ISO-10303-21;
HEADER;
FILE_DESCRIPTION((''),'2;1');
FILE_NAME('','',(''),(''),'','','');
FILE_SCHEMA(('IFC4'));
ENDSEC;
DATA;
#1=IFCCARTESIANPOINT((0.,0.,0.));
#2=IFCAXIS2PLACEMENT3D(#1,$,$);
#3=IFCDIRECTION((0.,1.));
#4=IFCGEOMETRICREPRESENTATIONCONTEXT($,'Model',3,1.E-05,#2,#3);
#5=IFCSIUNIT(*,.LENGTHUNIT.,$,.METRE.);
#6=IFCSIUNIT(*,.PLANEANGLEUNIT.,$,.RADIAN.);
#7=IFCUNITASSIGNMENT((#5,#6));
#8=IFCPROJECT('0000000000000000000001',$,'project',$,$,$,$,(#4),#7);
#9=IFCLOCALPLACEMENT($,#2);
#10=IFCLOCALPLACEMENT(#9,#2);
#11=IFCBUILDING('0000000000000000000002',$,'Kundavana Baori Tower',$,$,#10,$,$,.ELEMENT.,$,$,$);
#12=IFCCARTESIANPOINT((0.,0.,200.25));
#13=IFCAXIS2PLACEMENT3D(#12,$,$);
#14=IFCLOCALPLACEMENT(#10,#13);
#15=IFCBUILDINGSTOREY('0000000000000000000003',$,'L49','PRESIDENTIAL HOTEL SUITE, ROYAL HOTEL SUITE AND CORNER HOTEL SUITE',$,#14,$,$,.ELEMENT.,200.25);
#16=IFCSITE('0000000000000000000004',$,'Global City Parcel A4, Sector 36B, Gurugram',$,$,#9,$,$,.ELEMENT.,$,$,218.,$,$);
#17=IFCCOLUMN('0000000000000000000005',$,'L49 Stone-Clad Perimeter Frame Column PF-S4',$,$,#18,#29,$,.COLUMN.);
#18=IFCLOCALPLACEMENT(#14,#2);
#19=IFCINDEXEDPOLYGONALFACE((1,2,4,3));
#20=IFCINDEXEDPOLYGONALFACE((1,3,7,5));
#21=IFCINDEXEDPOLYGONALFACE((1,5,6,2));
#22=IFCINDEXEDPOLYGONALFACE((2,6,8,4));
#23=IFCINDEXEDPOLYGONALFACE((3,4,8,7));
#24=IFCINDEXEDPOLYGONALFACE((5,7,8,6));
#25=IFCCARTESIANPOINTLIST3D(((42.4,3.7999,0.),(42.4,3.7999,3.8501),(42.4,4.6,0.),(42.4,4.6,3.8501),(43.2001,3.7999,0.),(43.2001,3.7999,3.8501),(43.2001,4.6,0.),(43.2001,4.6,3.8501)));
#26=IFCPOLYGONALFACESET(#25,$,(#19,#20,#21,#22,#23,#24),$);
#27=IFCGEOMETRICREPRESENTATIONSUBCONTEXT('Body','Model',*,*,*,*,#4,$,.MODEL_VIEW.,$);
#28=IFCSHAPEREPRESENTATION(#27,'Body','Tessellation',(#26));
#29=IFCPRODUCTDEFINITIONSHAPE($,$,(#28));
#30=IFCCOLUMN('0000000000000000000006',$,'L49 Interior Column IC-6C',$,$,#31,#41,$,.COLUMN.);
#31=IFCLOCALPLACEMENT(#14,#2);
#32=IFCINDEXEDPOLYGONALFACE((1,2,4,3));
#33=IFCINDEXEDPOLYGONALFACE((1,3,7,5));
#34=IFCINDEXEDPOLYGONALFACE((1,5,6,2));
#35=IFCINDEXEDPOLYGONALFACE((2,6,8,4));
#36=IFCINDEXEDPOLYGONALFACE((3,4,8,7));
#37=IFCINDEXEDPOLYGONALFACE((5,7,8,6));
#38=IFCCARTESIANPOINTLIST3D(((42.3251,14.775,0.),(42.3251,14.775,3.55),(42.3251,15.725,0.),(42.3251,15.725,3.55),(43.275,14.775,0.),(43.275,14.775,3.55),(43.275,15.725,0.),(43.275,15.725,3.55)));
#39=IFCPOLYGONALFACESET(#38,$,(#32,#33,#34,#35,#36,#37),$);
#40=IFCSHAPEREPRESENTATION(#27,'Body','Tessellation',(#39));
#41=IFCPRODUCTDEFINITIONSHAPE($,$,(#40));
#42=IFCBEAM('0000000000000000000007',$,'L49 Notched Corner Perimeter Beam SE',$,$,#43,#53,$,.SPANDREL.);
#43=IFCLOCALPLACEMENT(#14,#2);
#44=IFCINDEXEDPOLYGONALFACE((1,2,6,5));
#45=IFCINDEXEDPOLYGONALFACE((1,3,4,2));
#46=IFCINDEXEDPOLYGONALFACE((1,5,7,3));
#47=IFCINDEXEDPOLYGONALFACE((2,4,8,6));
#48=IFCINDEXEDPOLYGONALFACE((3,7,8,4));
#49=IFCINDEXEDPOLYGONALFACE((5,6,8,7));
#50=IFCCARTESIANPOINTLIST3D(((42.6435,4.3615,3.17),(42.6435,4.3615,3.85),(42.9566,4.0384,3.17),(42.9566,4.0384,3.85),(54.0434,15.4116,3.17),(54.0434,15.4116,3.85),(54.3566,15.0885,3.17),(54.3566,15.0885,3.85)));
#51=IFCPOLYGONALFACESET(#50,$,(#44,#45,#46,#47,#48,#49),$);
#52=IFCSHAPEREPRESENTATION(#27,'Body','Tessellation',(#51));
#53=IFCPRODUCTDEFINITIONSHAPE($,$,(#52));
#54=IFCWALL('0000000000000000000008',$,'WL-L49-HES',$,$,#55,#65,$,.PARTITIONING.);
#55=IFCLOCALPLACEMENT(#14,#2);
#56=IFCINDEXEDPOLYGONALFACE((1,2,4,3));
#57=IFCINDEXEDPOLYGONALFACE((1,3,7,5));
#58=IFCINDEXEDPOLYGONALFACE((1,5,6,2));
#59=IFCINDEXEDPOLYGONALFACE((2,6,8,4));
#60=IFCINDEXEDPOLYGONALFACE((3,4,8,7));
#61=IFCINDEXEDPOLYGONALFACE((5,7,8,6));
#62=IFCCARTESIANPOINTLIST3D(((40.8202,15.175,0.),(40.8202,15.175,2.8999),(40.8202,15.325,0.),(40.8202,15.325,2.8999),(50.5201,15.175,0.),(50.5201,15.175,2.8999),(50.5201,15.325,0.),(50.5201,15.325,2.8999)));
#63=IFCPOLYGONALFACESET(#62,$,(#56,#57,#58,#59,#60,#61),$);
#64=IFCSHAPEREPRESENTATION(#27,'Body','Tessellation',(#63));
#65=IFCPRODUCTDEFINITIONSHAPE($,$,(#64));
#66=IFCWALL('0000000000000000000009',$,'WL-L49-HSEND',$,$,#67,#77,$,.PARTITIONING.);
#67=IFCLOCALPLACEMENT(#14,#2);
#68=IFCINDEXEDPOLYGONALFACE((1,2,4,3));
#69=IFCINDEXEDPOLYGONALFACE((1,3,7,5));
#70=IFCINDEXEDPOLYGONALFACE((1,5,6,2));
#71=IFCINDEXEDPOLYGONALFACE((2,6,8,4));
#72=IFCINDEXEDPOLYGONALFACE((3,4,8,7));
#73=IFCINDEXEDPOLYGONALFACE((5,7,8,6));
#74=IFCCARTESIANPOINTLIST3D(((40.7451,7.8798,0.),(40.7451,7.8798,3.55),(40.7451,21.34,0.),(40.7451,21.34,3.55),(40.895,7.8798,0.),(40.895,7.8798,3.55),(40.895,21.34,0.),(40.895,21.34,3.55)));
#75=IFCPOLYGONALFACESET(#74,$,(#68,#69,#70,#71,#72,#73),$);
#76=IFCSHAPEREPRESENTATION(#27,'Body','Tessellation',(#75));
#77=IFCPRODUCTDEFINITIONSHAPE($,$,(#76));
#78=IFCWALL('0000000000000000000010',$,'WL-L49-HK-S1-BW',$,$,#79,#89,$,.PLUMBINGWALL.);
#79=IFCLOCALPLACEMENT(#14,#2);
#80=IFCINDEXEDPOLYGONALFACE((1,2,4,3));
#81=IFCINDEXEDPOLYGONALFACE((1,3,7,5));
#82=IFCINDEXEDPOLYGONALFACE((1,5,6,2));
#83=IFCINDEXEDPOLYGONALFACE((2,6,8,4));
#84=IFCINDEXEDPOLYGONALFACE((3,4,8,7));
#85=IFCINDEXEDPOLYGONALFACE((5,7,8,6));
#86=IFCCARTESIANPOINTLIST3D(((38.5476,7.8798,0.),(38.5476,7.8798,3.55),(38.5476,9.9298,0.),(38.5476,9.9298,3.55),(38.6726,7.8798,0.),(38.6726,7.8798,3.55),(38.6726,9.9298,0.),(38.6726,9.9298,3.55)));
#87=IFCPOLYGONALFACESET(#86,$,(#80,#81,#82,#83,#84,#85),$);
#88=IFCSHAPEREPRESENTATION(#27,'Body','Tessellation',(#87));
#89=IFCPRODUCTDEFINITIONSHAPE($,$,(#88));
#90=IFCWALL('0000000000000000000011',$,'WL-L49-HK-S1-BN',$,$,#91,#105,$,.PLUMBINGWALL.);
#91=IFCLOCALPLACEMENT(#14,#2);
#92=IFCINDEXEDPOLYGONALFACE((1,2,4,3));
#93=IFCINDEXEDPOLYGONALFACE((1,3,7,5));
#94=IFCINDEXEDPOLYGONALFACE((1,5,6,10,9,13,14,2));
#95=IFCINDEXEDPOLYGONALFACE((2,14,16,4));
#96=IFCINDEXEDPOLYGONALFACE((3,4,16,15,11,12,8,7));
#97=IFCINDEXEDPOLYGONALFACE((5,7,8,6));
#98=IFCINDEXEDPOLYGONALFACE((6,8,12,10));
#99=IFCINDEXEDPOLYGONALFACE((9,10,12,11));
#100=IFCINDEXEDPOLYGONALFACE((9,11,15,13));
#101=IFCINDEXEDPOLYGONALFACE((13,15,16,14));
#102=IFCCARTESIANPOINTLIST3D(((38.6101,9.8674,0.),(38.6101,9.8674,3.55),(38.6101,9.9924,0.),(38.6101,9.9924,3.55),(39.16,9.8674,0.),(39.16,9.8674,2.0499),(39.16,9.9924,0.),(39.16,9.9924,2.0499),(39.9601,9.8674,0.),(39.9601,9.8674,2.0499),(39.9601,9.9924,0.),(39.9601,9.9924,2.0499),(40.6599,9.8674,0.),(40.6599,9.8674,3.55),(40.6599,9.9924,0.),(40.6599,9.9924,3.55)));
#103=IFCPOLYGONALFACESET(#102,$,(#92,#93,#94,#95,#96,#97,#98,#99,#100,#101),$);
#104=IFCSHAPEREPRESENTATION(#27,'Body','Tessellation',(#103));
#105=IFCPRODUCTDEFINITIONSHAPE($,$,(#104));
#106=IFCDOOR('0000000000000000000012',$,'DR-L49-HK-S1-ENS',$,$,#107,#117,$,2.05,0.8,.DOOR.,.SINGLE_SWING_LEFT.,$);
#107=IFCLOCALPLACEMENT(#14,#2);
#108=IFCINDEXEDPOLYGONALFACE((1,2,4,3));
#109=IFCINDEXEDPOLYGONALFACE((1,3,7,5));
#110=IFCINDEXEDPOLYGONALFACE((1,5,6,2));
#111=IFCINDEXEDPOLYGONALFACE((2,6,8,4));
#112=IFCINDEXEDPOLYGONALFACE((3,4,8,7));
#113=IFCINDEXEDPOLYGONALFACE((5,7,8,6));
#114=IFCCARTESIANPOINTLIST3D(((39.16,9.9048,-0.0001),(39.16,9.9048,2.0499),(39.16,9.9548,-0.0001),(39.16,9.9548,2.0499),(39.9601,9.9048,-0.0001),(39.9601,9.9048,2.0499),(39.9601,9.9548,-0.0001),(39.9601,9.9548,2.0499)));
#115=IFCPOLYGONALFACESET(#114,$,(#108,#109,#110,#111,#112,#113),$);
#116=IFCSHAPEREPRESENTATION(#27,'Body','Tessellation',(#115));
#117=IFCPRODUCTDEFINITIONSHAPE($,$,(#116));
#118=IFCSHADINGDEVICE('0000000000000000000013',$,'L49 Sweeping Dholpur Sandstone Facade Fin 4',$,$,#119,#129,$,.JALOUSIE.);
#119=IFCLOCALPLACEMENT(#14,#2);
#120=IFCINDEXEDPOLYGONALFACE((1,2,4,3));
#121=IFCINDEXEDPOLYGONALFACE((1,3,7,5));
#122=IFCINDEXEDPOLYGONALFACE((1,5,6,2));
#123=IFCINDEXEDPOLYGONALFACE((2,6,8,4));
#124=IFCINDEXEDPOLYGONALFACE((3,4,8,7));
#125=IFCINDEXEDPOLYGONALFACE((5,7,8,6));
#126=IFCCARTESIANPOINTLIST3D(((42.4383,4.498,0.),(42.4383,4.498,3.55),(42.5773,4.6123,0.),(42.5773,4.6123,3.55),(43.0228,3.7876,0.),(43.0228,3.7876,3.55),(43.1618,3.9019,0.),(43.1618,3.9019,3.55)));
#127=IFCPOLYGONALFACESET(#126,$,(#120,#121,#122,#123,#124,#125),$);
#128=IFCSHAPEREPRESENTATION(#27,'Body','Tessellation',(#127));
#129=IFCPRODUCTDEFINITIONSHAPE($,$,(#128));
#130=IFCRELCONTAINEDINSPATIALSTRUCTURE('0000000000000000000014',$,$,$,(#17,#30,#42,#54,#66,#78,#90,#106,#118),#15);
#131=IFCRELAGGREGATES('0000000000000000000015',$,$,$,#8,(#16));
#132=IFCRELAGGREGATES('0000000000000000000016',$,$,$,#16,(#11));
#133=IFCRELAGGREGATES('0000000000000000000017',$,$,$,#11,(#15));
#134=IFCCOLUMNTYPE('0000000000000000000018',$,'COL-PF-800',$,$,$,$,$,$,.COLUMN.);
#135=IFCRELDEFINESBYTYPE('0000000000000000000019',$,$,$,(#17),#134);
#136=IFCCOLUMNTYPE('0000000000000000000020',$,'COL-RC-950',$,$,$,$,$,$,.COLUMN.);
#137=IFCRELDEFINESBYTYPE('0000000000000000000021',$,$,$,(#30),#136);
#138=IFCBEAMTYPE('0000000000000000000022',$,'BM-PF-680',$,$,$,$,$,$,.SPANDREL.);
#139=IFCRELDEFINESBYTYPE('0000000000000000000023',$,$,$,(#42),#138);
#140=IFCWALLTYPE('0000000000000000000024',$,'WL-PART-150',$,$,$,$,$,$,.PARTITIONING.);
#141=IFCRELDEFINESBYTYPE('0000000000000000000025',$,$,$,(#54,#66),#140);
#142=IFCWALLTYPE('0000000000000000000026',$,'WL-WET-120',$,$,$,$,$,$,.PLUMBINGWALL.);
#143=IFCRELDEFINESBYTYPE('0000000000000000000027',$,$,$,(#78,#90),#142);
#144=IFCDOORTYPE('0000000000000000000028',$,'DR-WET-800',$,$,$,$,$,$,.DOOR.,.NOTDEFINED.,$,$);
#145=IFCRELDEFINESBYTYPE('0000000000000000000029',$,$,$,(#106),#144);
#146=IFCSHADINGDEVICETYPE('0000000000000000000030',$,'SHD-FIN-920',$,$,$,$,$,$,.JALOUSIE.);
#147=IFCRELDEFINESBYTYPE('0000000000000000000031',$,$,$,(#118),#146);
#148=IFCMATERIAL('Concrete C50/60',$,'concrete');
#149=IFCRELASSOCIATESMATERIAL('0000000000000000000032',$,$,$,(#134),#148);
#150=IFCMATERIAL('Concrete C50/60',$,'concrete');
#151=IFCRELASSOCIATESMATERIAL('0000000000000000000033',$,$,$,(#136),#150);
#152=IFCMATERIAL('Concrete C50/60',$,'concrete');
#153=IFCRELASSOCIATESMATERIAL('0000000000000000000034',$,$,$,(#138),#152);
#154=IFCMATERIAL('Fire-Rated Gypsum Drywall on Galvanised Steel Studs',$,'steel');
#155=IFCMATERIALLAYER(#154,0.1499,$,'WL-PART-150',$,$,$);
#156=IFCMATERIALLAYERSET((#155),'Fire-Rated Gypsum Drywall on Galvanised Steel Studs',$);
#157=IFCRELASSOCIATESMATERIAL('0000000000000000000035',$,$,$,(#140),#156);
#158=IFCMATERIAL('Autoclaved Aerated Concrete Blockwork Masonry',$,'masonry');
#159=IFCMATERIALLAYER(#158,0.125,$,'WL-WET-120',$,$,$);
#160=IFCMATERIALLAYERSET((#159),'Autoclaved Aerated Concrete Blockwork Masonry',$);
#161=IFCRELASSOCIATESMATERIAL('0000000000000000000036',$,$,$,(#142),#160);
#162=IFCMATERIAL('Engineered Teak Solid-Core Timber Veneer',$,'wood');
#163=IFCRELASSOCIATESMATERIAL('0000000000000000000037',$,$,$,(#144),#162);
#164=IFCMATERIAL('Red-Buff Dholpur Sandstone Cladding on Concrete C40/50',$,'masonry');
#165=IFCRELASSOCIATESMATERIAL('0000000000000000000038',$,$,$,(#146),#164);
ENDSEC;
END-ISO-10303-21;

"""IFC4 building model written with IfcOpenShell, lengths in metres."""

from ifc_helpers import new_model, si_unit, direction, frame, frame_2d, origin, origin_2d, place, context, subcontext, project, spatial, rectangle, extrude, material, layer, layer_set, material_profile, profile_set, type_object, element, fill, save


model = new_model("IFC4")

# Units and contexts
model_context = context("Model", 3, precision=1e-05, world=origin(), true_north=direction((0.0, 1.0)))
body_context = subcontext(model_context, "Body", "Model", "MODEL_VIEW")
ifc_project = project(units=[si_unit("LENGTHUNIT", "METRE"), si_unit("PLANEANGLEUNIT", "RADIAN")], contexts=[model_context])

# Site, building, storey
site_placement = place(None, origin())
site = spatial("IfcSite", under=ifc_project, at=site_placement, Name="Global City Parcel A4, Sector 36B, Gurugram", CompositionType="ELEMENT", RefElevation=218.0)
building_placement = place(site_placement, origin())
building = spatial("IfcBuilding", under=site, at=building_placement, Name="Kundavana Baori Tower", CompositionType="ELEMENT")
storey_placement = place(building_placement, frame((0.0, 0.0, 200.25)))
storey = spatial("IfcBuildingStorey", under=building, at=storey_placement, Name="L49", Description="PRESIDENTIAL HOTEL SUITE, ROYAL HOTEL SUITE AND CORNER HOTEL SUITE", CompositionType="ELEMENT", Elevation=200.25)

# Columns
ifc_material_1 = material(Name="Concrete C50/60", Category="concrete")
ifc_material_profile_1 = material_profile(ifc_material_1, rectangle(XDim=0.8, YDim=0.8, at=origin_2d()), Name="RC PF 800x800")
ifc_profile_set_1 = profile_set([ifc_material_profile_1], Name="Concrete C50/60")
column_type_1 = type_object("IfcColumnType", Name="COL-PF-800", PredefinedType="COLUMN", material=ifc_profile_set_1)
column_1_placement = place(storey_placement, frame((42.8, 4.2, 0.0), z_axis=(0.0, 0.0, 1.0), x_axis=(1.0, 0.0, 0.0)))
element("IfcColumn", 1, at=column_1_placement, inside=storey, type_object=column_type_1, Name="L49 Stone-Clad Perimeter Frame Column PF-S4", PredefinedType="COLUMN", context=body_context, shape_type="SweptSolid", body=[
    extrude(rectangle(XDim=0.8, YDim=0.8, at=origin_2d()), origin(), (0.0, 0.0, 1.0), 3.8501),
])
ifc_material_2 = material(Name="Concrete C50/60", Category="concrete")
ifc_material_profile_2 = material_profile(ifc_material_2, rectangle(XDim=0.95, YDim=0.95, at=origin_2d()), Name="RC 950x950")
ifc_profile_set_2 = profile_set([ifc_material_profile_2], Name="Concrete C50/60")
column_type_2 = type_object("IfcColumnType", Name="COL-RC-950", PredefinedType="COLUMN", material=ifc_profile_set_2)
column_2_placement = place(storey_placement, frame((42.8, 15.25, 0.0), z_axis=(0.0, 0.0, 1.0), x_axis=(1.0, 0.0, 0.0)))
element("IfcColumn", 2, at=column_2_placement, inside=storey, type_object=column_type_2, Name="L49 Interior Column IC-6C", PredefinedType="COLUMN", context=body_context, shape_type="SweptSolid", body=[
    extrude(rectangle(XDim=0.95, YDim=0.95, at=origin_2d()), origin(), (0.0, 0.0, 1.0), 3.55),
])

# Beam
ifc_material_3 = material(Name="Concrete C50/60", Category="concrete")
ifc_material_profile_3 = material_profile(ifc_material_3, rectangle(XDim=0.45, YDim=0.6799, at=origin_2d()), Name="RC BM 450x680")
ifc_profile_set_3 = profile_set([ifc_material_profile_3], Name="Concrete C50/60")
beam_type = type_object("IfcBeamType", Name="BM-PF-680", PredefinedType="SPANDREL", material=ifc_profile_set_3)
beam_placement = place(storey_placement, frame((42.8, 4.2, 3.51), z_axis=(0.718039, 0.696003, 0.0), x_axis=(-0.696003, 0.718039, 0.0)))
element("IfcBeam", 3, at=beam_placement, inside=storey, type_object=beam_type, Name="L49 Notched Corner Perimeter Beam SE", PredefinedType="SPANDREL", context=body_context, shape_type="SweptSolid", body=[
    extrude(rectangle(XDim=0.45, YDim=0.6799, at=origin_2d()), origin(), (0.0, 0.0, 1.0), 15.8765),
])

# Walls
ifc_material_4 = material(Name="Fire-Rated Gypsum Drywall on Galvanised Steel Studs", Category="steel")
ifc_layer_1 = layer(ifc_material_4, 0.1499, Name="WL-PART-150")
ifc_layer_set_1 = layer_set([ifc_layer_1], Name="Fire-Rated Gypsum Drywall on Galvanised Steel Studs")
wall_type_1 = type_object("IfcWallType", Name="WL-PART-150", PredefinedType="PARTITIONING", material=ifc_layer_set_1)
wall_1_placement = place(storey_placement, frame((40.8201, 15.25, 0.0), z_axis=(0.0, 0.0, 1.0), x_axis=(1.0, 0.0, 0.0)))
element("IfcWall", 4, at=wall_1_placement, inside=storey, type_object=wall_type_1, Name="WL-L49-HES", PredefinedType="PARTITIONING", context=body_context, shape_type="SweptSolid", body=[
    extrude(rectangle(XDim=9.7, YDim=0.1499, at=frame_2d((4.8501, 0.0))), origin(), (0.0, 0.0, 1.0), 2.8999),
])
wall_2_placement = place(storey_placement, frame((40.8201, 7.8799, 0.0), z_axis=(0.0, 0.0, 1.0), x_axis=(0.0, 1.0, 0.0)))
element("IfcWall", 5, at=wall_2_placement, inside=storey, type_object=wall_type_1, Name="WL-L49-HSEND", PredefinedType="PARTITIONING", context=body_context, shape_type="SweptSolid", body=[
    extrude(rectangle(XDim=13.4602, YDim=0.1499, at=frame_2d((6.73, 0.0))), origin(), (0.0, 0.0, 1.0), 3.55),
])
ifc_material_5 = material(Name="Autoclaved Aerated Concrete Blockwork Masonry", Category="masonry")
ifc_layer_2 = layer(ifc_material_5, 0.125, Name="WL-WET-120")
ifc_layer_set_2 = layer_set([ifc_layer_2], Name="Autoclaved Aerated Concrete Blockwork Masonry")
wall_type_2 = type_object("IfcWallType", Name="WL-WET-120", PredefinedType="PLUMBINGWALL", material=ifc_layer_set_2)
wall_3_placement = place(storey_placement, frame((38.6101, 7.8799, 0.0), z_axis=(0.0, 0.0, 1.0), x_axis=(0.0, 1.0, 0.0)))
element("IfcWall", 6, at=wall_3_placement, inside=storey, type_object=wall_type_2, Name="WL-L49-HK-S1-BW", PredefinedType="PLUMBINGWALL", context=body_context, shape_type="SweptSolid", body=[
    extrude(rectangle(XDim=2.05, YDim=0.125, at=frame_2d((1.0249, 0.0))), origin(), (0.0, 0.0, 1.0), 3.55),
])

# Wall, opening, door
wall_4_placement = place(storey_placement, frame((38.6101, 9.9299, 0.0), z_axis=(0.0, 0.0, 1.0), x_axis=(1.0, 0.0, 0.0)))
wall_4 = element("IfcWall", 7, at=wall_4_placement, inside=storey, type_object=wall_type_2, Name="WL-L49-HK-S1-BN", PredefinedType="PLUMBINGWALL", context=body_context, shape_type="SweptSolid", body=[
    extrude(rectangle(XDim=2.0498, YDim=0.125, at=frame_2d((1.0249, 0.0))), origin(), (0.0, 0.0, 1.0), 3.55),
])
opening_placement = place(wall_4_placement, frame((0.55, 0.0, 0.0)))
opening = element("IfcOpeningElement", 8, at=opening_placement, cuts=wall_4, PredefinedType="OPENING", context=body_context, shape_type="SweptSolid", body=[
    extrude(rectangle(XDim=0.8, YDim=2.05, at=frame_2d((0.3999, 1.0249))), frame((0.0, 0.0725, 0.0), z_axis=(0.0, -1.0, 0.0), x_axis=(1.0, 0.0, 0.0)), (0.0, 0.0, 1.0), 0.145),
])
ifc_material_6 = material(Name="Engineered Teak Solid-Core Timber Veneer", Category="wood")
door_type = type_object("IfcDoorType", Name="DR-WET-800", OperationType="NOTDEFINED", PredefinedType="DOOR", material=ifc_material_6)
door_placement = place(opening_placement, origin())
door = element("IfcDoor", 9, at=door_placement, inside=storey, type_object=door_type, Name="DR-L49-HK-S1-ENS", OperationType="SINGLE_SWING_LEFT", OverallHeight=2.05, OverallWidth=0.8, PredefinedType="DOOR", context=body_context, shape_type="SweptSolid", body=[
    extrude(rectangle(XDim=0.8, YDim=2.05, at=frame_2d((0.3999, 1.0249))), frame((0.0, 0.0249, 0.0), z_axis=(0.0, -1.0, 0.0), x_axis=(1.0, 0.0, 0.0)), (0.0, 0.0, 1.0), 0.05),
])
fill(opening, door)

# Shading device
ifc_material_7 = material(Name="Red-Buff Dholpur Sandstone Cladding on Concrete C40/50", Category="masonry")
shading_device_type = type_object("IfcShadingDeviceType", Name="SHD-FIN-920", PredefinedType="JALOUSIE", material=ifc_material_7)
shading_device_placement = place(storey_placement, frame((42.8, 4.2, 0.0), z_axis=(0.0, 0.0, 1.0), x_axis=(0.772179, 0.635405, 0.0)))
element("IfcShadingDevice", 10, at=shading_device_placement, inside=storey, type_object=shading_device_type, Name="L49 Sweeping Dholpur Sandstone Facade Fin 4", PredefinedType="JALOUSIE", context=body_context, shape_type="SweptSolid", body=[
    extrude(rectangle(XDim=0.1799, YDim=0.9199, at=origin_2d()), origin(), (0.0, 0.0, 1.0), 3.55),
])

save(model, "model.ifc")
